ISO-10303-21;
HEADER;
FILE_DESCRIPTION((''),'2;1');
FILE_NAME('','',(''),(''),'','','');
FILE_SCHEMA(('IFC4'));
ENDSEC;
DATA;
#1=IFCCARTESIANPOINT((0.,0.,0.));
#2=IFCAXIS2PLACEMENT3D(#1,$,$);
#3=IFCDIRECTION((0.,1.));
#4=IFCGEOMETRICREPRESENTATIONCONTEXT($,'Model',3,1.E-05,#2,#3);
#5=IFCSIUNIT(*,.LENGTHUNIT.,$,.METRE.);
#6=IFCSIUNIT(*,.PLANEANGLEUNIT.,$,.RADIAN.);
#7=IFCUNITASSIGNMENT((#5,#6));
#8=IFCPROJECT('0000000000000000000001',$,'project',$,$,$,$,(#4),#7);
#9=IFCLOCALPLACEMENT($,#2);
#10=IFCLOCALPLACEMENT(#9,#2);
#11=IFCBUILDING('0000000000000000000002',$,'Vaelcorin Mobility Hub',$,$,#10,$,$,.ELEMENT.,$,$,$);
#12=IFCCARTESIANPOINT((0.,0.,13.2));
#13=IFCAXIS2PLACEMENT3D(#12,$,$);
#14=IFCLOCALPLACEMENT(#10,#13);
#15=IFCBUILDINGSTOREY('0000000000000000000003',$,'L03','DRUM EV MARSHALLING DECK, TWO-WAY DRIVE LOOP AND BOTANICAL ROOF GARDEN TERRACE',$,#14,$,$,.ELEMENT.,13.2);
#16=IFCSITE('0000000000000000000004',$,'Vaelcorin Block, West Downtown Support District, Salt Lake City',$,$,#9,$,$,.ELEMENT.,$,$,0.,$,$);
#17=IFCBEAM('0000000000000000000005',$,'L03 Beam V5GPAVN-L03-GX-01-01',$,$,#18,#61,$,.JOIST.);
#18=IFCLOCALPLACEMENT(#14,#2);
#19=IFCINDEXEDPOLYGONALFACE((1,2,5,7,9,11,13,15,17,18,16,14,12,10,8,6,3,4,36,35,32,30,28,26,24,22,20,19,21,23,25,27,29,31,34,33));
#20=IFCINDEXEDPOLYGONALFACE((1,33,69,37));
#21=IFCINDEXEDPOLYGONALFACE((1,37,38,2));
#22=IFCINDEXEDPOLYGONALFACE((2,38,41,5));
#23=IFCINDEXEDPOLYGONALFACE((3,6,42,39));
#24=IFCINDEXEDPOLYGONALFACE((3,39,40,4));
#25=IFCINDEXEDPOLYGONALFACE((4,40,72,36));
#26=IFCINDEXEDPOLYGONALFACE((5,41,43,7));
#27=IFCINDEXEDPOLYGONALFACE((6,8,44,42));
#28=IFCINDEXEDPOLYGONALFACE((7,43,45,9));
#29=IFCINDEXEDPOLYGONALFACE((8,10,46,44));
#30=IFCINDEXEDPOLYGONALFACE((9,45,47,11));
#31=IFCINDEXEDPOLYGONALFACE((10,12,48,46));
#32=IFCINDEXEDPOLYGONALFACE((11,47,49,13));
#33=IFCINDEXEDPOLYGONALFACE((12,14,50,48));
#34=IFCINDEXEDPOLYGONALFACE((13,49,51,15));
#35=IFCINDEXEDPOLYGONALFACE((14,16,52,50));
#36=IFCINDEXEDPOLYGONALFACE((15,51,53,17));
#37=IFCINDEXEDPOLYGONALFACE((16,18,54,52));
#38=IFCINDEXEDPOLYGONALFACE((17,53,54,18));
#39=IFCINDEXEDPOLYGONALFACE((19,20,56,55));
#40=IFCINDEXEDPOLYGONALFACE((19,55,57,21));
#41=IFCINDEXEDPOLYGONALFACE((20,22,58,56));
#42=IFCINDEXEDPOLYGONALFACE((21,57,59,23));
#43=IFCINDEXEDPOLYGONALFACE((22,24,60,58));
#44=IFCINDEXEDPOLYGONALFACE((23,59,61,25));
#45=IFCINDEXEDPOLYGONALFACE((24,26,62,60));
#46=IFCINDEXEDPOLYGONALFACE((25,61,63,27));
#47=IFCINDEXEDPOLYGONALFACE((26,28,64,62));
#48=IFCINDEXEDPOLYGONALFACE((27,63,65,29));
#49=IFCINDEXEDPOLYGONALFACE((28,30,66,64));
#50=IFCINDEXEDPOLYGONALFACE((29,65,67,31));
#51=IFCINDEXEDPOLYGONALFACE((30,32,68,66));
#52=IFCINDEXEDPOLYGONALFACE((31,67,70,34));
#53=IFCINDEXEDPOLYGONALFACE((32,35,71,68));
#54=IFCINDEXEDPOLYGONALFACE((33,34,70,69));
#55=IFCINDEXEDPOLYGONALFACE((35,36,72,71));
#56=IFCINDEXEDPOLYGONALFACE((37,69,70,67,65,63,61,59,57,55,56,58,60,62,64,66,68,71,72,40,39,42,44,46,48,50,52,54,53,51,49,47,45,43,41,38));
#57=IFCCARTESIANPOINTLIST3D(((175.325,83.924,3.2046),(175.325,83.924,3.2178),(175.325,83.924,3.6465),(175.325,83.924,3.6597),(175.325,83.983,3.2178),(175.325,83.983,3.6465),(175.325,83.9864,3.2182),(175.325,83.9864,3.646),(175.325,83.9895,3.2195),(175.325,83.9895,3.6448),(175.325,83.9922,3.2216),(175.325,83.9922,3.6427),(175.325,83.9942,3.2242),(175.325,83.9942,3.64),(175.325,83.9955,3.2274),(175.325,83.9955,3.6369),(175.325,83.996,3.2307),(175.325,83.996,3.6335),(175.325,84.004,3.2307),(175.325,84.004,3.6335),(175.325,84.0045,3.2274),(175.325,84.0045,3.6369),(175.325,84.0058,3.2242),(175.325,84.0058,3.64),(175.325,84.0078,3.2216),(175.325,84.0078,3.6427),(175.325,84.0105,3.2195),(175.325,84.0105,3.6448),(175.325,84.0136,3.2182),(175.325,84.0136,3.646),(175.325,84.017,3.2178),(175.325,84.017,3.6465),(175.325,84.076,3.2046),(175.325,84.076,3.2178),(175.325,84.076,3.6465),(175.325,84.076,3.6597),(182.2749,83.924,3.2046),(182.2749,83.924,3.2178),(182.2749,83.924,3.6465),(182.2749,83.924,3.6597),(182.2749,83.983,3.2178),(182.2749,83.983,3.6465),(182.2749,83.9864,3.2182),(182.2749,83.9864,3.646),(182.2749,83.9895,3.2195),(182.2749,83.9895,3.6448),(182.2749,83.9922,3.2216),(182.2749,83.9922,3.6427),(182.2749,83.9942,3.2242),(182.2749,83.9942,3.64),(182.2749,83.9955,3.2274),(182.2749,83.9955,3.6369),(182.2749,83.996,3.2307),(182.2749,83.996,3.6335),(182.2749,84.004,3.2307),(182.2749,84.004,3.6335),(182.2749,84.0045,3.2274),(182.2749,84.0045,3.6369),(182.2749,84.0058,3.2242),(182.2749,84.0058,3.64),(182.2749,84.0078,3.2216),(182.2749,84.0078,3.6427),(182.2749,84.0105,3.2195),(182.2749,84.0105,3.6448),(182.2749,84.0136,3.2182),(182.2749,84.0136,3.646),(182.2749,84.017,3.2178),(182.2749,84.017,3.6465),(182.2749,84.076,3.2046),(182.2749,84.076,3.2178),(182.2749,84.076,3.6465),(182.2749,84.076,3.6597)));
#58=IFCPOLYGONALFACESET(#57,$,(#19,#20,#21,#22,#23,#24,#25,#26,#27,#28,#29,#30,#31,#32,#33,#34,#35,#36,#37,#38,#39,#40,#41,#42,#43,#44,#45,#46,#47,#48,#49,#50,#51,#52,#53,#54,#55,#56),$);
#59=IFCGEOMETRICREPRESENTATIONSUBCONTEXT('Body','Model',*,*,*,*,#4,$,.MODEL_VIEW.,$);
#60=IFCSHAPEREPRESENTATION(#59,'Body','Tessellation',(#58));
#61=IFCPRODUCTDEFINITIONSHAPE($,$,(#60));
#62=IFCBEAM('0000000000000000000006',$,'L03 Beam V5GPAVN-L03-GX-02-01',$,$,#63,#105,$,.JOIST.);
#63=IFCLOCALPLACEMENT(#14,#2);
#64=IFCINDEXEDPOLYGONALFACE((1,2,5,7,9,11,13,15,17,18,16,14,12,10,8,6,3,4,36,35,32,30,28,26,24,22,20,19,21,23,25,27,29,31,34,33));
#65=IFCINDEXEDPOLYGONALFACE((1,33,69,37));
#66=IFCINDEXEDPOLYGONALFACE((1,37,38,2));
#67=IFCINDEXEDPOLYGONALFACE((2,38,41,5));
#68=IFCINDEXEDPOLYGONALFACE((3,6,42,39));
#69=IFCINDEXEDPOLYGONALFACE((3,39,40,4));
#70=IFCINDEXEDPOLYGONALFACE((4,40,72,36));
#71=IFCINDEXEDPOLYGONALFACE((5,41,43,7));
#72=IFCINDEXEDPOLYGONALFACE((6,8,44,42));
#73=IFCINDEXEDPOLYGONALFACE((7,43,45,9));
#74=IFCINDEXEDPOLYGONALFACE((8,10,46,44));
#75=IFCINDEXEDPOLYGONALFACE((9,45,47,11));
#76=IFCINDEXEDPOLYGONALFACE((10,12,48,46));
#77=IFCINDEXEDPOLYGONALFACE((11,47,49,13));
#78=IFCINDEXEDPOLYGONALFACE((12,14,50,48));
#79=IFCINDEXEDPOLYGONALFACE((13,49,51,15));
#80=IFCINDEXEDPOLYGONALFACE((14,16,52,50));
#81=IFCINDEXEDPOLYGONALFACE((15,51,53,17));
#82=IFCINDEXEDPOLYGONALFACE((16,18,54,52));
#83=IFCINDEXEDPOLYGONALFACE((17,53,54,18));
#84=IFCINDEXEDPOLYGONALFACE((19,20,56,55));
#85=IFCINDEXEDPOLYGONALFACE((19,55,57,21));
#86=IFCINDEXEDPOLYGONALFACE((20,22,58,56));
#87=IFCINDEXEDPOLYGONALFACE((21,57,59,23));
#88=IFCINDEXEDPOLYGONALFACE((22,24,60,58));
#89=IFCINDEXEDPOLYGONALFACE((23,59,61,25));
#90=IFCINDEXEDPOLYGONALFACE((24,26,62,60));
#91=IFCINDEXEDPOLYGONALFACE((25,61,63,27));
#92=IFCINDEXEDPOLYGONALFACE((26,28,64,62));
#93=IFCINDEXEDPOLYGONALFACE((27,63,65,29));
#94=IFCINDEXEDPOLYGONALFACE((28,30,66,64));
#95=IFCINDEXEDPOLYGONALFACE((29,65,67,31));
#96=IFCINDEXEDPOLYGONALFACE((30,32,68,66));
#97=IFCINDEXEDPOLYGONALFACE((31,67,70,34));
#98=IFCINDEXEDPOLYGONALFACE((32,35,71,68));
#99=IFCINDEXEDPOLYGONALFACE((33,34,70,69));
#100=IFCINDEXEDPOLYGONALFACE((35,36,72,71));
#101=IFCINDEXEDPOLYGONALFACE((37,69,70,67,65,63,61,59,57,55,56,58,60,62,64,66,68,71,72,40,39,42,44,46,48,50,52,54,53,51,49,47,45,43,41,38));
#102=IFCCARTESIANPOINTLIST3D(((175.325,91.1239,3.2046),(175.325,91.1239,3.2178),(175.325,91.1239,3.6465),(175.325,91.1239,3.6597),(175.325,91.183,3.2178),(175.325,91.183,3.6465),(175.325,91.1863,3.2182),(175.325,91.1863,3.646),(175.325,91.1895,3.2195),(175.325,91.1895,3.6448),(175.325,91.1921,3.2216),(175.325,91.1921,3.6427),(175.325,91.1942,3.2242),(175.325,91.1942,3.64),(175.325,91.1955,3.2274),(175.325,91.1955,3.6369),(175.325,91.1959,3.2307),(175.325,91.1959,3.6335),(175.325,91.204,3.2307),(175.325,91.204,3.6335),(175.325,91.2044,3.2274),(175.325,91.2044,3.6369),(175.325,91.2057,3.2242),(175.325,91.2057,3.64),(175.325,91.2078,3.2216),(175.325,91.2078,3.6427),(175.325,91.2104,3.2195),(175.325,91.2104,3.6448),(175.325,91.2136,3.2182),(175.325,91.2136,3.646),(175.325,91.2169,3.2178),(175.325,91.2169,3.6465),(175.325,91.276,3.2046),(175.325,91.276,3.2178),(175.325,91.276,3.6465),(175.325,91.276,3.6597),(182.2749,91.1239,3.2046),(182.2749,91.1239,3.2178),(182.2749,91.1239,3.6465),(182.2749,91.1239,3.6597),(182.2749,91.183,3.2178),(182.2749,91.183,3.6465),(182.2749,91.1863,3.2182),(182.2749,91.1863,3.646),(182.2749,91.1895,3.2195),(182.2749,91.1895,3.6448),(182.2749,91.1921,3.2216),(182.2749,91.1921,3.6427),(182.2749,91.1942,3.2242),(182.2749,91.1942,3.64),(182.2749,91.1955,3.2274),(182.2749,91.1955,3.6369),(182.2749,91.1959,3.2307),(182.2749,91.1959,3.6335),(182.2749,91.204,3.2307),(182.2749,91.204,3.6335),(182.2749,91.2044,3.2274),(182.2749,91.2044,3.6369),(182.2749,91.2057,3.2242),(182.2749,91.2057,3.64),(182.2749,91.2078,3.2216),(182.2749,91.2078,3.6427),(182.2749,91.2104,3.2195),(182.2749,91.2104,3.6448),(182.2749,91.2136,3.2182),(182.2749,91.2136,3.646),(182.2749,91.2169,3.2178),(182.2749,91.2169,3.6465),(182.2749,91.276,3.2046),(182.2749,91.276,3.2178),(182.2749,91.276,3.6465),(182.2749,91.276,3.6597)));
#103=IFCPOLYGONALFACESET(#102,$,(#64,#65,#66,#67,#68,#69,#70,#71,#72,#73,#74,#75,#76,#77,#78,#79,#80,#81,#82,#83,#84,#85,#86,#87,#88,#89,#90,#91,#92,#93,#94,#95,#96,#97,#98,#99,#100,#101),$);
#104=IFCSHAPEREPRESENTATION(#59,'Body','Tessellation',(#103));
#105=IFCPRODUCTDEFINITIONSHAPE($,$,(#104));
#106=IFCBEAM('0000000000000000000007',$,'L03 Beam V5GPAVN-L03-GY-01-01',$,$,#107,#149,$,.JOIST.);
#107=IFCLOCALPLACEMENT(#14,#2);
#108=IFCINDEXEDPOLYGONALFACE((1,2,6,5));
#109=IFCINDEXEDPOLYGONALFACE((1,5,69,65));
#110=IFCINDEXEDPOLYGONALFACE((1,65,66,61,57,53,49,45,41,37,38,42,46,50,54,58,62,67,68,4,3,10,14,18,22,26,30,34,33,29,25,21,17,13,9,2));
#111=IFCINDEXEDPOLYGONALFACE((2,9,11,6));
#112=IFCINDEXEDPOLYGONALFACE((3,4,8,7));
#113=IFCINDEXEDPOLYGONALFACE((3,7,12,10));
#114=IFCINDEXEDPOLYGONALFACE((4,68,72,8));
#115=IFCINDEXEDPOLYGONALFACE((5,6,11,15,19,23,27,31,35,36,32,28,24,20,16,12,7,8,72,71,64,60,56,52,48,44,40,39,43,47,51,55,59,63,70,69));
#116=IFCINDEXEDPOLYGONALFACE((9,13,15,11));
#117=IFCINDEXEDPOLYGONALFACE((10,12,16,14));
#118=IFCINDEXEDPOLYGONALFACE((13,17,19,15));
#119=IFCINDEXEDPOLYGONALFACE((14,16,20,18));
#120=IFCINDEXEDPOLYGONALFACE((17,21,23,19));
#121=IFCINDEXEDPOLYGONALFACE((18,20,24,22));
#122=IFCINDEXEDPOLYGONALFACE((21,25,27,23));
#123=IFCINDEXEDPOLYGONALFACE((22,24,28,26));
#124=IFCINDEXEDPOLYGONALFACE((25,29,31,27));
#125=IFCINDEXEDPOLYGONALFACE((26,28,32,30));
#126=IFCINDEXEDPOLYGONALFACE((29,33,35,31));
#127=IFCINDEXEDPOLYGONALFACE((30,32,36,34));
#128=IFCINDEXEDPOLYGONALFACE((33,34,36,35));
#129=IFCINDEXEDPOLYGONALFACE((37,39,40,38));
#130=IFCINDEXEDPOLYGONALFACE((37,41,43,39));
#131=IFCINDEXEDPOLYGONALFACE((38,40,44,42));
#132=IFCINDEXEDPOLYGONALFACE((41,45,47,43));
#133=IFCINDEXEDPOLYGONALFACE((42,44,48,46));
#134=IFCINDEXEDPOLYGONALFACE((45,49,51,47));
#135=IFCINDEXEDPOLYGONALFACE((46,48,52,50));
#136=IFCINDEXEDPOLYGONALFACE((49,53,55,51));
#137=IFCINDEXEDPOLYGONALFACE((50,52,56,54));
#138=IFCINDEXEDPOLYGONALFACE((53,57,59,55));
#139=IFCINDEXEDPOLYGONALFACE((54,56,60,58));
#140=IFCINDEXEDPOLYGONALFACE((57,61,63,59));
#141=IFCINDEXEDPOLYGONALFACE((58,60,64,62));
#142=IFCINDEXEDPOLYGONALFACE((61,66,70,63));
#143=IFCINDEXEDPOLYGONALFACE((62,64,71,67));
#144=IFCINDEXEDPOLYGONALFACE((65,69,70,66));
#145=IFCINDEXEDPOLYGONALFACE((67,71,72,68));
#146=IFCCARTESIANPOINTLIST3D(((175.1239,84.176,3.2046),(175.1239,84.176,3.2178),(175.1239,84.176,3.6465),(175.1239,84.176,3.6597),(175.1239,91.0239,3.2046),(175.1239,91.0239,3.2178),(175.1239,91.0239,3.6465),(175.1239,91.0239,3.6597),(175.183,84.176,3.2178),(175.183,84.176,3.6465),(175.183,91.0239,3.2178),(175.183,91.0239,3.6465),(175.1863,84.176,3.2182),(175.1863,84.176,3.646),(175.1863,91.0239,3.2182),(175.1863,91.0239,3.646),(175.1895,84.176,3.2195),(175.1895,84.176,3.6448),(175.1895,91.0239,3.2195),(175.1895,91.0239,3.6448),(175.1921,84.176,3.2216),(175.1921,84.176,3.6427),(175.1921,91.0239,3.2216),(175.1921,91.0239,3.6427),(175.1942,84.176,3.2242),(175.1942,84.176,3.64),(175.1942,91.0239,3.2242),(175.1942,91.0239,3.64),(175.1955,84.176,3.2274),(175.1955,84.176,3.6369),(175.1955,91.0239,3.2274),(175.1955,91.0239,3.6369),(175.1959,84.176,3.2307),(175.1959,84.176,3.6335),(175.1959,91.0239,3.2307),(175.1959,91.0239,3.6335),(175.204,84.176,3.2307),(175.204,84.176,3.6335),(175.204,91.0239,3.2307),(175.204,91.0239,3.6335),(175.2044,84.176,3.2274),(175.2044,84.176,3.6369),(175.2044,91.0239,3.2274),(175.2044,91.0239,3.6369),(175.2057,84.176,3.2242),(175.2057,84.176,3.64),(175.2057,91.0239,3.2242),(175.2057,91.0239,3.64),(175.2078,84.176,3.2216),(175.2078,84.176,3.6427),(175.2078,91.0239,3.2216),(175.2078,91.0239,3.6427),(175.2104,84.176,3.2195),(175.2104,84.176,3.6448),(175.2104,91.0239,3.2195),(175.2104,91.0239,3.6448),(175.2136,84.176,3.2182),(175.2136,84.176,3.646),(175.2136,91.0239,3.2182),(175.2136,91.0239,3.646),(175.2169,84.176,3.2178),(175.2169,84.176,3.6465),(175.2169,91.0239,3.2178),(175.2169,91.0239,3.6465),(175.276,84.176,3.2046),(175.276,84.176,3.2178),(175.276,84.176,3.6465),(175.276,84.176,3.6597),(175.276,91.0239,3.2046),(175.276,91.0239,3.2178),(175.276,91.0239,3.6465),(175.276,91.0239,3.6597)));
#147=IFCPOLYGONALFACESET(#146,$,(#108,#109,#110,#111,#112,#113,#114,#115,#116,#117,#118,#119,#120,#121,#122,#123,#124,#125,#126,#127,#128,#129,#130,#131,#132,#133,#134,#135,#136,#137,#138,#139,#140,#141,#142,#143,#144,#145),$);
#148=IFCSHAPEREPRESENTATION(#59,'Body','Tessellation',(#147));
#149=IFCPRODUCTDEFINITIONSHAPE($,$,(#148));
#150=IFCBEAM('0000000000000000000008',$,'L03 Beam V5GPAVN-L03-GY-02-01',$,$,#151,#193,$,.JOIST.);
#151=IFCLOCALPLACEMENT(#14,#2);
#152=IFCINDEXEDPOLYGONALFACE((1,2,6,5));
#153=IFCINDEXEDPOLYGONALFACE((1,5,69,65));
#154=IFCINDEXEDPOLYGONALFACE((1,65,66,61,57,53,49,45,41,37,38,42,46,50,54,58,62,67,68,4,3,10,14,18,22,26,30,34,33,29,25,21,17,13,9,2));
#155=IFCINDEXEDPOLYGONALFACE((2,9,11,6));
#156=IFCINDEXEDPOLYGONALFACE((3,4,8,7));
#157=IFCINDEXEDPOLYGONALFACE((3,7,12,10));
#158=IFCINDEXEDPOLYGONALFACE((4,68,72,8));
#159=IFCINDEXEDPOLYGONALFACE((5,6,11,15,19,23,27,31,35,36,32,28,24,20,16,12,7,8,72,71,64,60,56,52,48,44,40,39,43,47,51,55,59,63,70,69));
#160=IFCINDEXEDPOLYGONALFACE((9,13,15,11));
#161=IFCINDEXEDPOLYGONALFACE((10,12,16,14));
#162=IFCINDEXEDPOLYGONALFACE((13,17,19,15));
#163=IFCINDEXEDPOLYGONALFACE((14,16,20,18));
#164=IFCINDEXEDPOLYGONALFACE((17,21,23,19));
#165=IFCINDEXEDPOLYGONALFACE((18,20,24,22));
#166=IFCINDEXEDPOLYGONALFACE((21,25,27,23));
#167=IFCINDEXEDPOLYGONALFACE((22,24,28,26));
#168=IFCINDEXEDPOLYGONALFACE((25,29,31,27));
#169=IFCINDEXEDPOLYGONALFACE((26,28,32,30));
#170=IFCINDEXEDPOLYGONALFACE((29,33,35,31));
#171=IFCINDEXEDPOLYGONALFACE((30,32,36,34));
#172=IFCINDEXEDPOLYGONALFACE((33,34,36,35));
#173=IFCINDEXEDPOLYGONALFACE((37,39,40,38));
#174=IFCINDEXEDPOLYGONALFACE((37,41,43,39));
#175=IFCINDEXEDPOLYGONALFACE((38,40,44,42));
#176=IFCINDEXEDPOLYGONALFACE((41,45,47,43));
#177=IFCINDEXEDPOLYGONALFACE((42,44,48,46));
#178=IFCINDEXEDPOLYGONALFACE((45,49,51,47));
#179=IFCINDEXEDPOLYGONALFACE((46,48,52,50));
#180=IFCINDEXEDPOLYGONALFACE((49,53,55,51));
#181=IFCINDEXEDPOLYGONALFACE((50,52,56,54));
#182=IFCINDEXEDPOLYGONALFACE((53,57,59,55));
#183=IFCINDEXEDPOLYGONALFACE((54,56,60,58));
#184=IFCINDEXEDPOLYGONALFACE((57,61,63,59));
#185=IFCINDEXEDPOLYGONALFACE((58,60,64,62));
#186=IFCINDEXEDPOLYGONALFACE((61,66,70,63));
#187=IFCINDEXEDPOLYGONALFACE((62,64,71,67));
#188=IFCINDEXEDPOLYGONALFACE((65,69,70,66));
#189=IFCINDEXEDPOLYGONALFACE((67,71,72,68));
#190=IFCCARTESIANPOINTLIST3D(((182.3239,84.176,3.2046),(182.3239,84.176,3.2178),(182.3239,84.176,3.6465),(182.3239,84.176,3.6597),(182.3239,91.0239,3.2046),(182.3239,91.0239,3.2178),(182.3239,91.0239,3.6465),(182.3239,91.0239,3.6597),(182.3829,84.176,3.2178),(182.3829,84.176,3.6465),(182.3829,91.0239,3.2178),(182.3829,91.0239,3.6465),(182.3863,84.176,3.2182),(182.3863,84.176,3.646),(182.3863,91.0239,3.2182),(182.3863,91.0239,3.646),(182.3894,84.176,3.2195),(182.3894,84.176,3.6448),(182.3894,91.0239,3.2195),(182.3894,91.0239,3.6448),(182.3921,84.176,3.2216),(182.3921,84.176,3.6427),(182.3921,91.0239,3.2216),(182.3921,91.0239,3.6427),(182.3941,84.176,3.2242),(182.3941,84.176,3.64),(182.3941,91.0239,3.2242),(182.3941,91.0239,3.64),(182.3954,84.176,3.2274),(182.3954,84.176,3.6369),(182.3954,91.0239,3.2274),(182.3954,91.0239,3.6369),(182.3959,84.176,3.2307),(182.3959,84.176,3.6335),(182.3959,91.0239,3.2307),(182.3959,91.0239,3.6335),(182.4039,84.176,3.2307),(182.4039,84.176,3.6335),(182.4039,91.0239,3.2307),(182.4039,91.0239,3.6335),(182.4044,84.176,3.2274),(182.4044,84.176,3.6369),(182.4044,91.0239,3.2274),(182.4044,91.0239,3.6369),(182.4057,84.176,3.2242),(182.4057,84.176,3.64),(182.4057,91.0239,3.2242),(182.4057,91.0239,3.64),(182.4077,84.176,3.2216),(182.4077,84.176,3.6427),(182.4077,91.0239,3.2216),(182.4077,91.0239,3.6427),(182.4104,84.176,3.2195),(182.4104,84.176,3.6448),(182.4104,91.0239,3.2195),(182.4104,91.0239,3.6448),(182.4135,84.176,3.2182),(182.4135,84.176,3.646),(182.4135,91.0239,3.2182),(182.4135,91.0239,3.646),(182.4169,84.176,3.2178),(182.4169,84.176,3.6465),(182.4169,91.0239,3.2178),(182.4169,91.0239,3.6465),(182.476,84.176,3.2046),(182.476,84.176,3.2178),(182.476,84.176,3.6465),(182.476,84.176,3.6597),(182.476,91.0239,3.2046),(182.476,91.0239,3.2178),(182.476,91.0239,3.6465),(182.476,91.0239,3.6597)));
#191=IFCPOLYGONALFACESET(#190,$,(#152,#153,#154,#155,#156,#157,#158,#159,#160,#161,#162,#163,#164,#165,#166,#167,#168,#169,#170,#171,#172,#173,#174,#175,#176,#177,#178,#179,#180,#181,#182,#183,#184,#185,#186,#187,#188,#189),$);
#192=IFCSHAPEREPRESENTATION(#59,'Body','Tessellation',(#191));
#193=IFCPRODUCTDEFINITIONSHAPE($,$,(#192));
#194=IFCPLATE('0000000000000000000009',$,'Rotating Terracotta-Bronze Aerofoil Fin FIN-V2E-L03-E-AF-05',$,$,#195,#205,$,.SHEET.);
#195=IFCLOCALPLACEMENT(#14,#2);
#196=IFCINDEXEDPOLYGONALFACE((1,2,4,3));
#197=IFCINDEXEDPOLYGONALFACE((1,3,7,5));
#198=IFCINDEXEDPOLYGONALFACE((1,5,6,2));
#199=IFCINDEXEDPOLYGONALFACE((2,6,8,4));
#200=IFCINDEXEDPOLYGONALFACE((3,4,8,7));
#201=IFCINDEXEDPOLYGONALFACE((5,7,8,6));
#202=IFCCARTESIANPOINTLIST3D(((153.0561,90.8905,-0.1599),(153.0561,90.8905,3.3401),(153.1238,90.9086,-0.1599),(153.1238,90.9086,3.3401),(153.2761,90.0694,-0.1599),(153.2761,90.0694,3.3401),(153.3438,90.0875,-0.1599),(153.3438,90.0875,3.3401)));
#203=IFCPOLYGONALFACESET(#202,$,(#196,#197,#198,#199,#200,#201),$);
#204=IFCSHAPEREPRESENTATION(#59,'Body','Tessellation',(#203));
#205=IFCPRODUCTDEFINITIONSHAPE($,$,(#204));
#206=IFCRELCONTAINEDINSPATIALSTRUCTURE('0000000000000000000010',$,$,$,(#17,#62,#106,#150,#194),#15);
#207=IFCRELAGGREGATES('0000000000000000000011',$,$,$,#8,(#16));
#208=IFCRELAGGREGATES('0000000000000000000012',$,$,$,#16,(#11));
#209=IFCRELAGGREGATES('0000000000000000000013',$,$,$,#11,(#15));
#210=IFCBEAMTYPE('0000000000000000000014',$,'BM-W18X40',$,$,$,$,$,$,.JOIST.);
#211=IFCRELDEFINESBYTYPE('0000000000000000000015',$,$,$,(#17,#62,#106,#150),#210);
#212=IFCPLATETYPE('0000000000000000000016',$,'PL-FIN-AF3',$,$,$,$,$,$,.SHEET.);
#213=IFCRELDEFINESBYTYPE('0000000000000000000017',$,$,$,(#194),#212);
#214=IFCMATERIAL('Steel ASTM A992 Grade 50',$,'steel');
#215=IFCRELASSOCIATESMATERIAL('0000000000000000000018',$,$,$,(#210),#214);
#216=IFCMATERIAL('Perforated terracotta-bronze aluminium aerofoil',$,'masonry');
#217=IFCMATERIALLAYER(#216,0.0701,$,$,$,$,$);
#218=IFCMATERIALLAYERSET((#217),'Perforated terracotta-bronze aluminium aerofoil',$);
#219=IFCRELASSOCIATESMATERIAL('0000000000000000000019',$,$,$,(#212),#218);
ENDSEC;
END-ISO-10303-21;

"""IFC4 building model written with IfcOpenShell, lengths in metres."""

from ifc_helpers import new_model, si_unit, direction, frame, origin, origin_2d, place, context, subcontext, project, spatial, rectangle, i_section, extrude, material, layer, layer_set, material_profile, profile_set, type_object, element, save


model = new_model("IFC4")

# Units and contexts
model_context = context("Model", 3, precision=1e-05, world=origin(), true_north=direction((0.0, 1.0)))
body_context = subcontext(model_context, "Body", "Model", "MODEL_VIEW")
ifc_project = project(units=[si_unit("LENGTHUNIT", "METRE"), si_unit("PLANEANGLEUNIT", "RADIAN")], contexts=[model_context])

# Site, building, storey
site_placement = place(None, origin())
site = spatial("IfcSite", under=ifc_project, at=site_placement, Name="Vaelcorin Block, West Downtown Support District, Salt Lake City", CompositionType="ELEMENT", RefElevation=0.0)
building_placement = place(site_placement, origin())
building = spatial("IfcBuilding", under=site, at=building_placement, Name="Vaelcorin Mobility Hub", CompositionType="ELEMENT")
storey_placement = place(building_placement, frame((0.0, 0.0, 13.2)))
storey = spatial("IfcBuildingStorey", under=building, at=storey_placement, Name="L03", Description="DRUM EV MARSHALLING DECK, TWO-WAY DRIVE LOOP AND BOTANICAL ROOF GARDEN TERRACE", CompositionType="ELEMENT", Elevation=13.2)

# Shared definitions
ifc_material_1 = material(Name="Steel ASTM A992 Grade 50", Category="steel")

# Beams
ifc_material_profile_1 = material_profile(ifc_material_1, i_section(OverallWidth=0.1521, OverallDepth=0.4551, WebThickness=0.0081, FlangeThickness=0.0132, FilletRadius=0.0129, at=origin_2d()), Name="W18X40")
ifc_profile_set_1 = profile_set([ifc_material_profile_1], Name="Steel ASTM A992 Grade 50")
beam_type_1 = type_object("IfcBeamType", Name="BM-W18X40", PredefinedType="JOIST", material=ifc_profile_set_1)
for number, where, z_axis, x_axis, name in (
    (1, (175.325, 84.0, 3.4321), (1.0, 0.0, 0.0), (0.0, 1.0, 0.0), "L03 Beam V5GPAVN-L03-GX-01-01"),
    (2, (175.325, 91.2, 3.4321), (1.0, 0.0, 0.0), (0.0, 1.0, 0.0), "L03 Beam V5GPAVN-L03-GX-02-01"),
):
    element("IfcBeam", number, at=place(storey_placement, frame(where, z_axis=z_axis, x_axis=x_axis)), inside=storey, type_object=beam_type_1, Name=name, PredefinedType="JOIST", context=body_context, shape_type="SweptSolid", body=[
        extrude(i_section(OverallWidth=0.1521, OverallDepth=0.4551, WebThickness=0.0081, FlangeThickness=0.0132, FilletRadius=0.0129, at=origin_2d()), origin(), (0.0, 0.0, 1.0), 6.95),
    ])
for number, where, z_axis, x_axis, name in (
    (3, (175.2, 84.176, 3.4321), (0.0, 1.0, 0.0), (-1.0, 0.0, 0.0), "L03 Beam V5GPAVN-L03-GY-01-01"),
    (4, (182.3999, 84.176, 3.4321), (0.0, 1.0, 0.0), (-1.0, 0.0, 0.0), "L03 Beam V5GPAVN-L03-GY-02-01"),
):
    element("IfcBeam", number, at=place(storey_placement, frame(where, z_axis=z_axis, x_axis=x_axis)), inside=storey, type_object=beam_type_1, Name=name, PredefinedType="JOIST", context=body_context, shape_type="SweptSolid", body=[
        extrude(i_section(OverallWidth=0.1521, OverallDepth=0.4551, WebThickness=0.0081, FlangeThickness=0.0132, FilletRadius=0.0129, at=origin_2d()), origin(), (0.0, 0.0, 1.0), 6.8479),
    ])

# Plate
ifc_material_2 = material(Name="Perforated terracotta-bronze aluminium aerofoil", Category="masonry")
ifc_layer_1 = layer(ifc_material_2, 0.0701)
ifc_layer_set_1 = layer_set([ifc_layer_1], Name="Perforated terracotta-bronze aluminium aerofoil")
plate_type = type_object("IfcPlateType", Name="PL-FIN-AF3", PredefinedType="SHEET", material=ifc_layer_set_1)
for number, where, z_axis, x_axis, name in (
    (5, (153.2, 90.489, -0.1599), (0.0, 0.0, 1.0), (0.258819, -0.965926, 0.0), "Rotating Terracotta-Bronze Aerofoil Fin FIN-V2E-L03-E-AF-05"),
):
    element("IfcPlate", number, at=place(storey_placement, frame(where, z_axis=z_axis, x_axis=x_axis)), inside=storey, type_object=plate_type, Name=name, PredefinedType="SHEET", context=body_context, shape_type="SweptSolid", body=[
        extrude(rectangle(XDim=0.8501, YDim=0.0701, at=origin_2d()), origin(), (0.0, 0.0, 1.0), 3.5),
    ])

save(model, "model.ifc")
